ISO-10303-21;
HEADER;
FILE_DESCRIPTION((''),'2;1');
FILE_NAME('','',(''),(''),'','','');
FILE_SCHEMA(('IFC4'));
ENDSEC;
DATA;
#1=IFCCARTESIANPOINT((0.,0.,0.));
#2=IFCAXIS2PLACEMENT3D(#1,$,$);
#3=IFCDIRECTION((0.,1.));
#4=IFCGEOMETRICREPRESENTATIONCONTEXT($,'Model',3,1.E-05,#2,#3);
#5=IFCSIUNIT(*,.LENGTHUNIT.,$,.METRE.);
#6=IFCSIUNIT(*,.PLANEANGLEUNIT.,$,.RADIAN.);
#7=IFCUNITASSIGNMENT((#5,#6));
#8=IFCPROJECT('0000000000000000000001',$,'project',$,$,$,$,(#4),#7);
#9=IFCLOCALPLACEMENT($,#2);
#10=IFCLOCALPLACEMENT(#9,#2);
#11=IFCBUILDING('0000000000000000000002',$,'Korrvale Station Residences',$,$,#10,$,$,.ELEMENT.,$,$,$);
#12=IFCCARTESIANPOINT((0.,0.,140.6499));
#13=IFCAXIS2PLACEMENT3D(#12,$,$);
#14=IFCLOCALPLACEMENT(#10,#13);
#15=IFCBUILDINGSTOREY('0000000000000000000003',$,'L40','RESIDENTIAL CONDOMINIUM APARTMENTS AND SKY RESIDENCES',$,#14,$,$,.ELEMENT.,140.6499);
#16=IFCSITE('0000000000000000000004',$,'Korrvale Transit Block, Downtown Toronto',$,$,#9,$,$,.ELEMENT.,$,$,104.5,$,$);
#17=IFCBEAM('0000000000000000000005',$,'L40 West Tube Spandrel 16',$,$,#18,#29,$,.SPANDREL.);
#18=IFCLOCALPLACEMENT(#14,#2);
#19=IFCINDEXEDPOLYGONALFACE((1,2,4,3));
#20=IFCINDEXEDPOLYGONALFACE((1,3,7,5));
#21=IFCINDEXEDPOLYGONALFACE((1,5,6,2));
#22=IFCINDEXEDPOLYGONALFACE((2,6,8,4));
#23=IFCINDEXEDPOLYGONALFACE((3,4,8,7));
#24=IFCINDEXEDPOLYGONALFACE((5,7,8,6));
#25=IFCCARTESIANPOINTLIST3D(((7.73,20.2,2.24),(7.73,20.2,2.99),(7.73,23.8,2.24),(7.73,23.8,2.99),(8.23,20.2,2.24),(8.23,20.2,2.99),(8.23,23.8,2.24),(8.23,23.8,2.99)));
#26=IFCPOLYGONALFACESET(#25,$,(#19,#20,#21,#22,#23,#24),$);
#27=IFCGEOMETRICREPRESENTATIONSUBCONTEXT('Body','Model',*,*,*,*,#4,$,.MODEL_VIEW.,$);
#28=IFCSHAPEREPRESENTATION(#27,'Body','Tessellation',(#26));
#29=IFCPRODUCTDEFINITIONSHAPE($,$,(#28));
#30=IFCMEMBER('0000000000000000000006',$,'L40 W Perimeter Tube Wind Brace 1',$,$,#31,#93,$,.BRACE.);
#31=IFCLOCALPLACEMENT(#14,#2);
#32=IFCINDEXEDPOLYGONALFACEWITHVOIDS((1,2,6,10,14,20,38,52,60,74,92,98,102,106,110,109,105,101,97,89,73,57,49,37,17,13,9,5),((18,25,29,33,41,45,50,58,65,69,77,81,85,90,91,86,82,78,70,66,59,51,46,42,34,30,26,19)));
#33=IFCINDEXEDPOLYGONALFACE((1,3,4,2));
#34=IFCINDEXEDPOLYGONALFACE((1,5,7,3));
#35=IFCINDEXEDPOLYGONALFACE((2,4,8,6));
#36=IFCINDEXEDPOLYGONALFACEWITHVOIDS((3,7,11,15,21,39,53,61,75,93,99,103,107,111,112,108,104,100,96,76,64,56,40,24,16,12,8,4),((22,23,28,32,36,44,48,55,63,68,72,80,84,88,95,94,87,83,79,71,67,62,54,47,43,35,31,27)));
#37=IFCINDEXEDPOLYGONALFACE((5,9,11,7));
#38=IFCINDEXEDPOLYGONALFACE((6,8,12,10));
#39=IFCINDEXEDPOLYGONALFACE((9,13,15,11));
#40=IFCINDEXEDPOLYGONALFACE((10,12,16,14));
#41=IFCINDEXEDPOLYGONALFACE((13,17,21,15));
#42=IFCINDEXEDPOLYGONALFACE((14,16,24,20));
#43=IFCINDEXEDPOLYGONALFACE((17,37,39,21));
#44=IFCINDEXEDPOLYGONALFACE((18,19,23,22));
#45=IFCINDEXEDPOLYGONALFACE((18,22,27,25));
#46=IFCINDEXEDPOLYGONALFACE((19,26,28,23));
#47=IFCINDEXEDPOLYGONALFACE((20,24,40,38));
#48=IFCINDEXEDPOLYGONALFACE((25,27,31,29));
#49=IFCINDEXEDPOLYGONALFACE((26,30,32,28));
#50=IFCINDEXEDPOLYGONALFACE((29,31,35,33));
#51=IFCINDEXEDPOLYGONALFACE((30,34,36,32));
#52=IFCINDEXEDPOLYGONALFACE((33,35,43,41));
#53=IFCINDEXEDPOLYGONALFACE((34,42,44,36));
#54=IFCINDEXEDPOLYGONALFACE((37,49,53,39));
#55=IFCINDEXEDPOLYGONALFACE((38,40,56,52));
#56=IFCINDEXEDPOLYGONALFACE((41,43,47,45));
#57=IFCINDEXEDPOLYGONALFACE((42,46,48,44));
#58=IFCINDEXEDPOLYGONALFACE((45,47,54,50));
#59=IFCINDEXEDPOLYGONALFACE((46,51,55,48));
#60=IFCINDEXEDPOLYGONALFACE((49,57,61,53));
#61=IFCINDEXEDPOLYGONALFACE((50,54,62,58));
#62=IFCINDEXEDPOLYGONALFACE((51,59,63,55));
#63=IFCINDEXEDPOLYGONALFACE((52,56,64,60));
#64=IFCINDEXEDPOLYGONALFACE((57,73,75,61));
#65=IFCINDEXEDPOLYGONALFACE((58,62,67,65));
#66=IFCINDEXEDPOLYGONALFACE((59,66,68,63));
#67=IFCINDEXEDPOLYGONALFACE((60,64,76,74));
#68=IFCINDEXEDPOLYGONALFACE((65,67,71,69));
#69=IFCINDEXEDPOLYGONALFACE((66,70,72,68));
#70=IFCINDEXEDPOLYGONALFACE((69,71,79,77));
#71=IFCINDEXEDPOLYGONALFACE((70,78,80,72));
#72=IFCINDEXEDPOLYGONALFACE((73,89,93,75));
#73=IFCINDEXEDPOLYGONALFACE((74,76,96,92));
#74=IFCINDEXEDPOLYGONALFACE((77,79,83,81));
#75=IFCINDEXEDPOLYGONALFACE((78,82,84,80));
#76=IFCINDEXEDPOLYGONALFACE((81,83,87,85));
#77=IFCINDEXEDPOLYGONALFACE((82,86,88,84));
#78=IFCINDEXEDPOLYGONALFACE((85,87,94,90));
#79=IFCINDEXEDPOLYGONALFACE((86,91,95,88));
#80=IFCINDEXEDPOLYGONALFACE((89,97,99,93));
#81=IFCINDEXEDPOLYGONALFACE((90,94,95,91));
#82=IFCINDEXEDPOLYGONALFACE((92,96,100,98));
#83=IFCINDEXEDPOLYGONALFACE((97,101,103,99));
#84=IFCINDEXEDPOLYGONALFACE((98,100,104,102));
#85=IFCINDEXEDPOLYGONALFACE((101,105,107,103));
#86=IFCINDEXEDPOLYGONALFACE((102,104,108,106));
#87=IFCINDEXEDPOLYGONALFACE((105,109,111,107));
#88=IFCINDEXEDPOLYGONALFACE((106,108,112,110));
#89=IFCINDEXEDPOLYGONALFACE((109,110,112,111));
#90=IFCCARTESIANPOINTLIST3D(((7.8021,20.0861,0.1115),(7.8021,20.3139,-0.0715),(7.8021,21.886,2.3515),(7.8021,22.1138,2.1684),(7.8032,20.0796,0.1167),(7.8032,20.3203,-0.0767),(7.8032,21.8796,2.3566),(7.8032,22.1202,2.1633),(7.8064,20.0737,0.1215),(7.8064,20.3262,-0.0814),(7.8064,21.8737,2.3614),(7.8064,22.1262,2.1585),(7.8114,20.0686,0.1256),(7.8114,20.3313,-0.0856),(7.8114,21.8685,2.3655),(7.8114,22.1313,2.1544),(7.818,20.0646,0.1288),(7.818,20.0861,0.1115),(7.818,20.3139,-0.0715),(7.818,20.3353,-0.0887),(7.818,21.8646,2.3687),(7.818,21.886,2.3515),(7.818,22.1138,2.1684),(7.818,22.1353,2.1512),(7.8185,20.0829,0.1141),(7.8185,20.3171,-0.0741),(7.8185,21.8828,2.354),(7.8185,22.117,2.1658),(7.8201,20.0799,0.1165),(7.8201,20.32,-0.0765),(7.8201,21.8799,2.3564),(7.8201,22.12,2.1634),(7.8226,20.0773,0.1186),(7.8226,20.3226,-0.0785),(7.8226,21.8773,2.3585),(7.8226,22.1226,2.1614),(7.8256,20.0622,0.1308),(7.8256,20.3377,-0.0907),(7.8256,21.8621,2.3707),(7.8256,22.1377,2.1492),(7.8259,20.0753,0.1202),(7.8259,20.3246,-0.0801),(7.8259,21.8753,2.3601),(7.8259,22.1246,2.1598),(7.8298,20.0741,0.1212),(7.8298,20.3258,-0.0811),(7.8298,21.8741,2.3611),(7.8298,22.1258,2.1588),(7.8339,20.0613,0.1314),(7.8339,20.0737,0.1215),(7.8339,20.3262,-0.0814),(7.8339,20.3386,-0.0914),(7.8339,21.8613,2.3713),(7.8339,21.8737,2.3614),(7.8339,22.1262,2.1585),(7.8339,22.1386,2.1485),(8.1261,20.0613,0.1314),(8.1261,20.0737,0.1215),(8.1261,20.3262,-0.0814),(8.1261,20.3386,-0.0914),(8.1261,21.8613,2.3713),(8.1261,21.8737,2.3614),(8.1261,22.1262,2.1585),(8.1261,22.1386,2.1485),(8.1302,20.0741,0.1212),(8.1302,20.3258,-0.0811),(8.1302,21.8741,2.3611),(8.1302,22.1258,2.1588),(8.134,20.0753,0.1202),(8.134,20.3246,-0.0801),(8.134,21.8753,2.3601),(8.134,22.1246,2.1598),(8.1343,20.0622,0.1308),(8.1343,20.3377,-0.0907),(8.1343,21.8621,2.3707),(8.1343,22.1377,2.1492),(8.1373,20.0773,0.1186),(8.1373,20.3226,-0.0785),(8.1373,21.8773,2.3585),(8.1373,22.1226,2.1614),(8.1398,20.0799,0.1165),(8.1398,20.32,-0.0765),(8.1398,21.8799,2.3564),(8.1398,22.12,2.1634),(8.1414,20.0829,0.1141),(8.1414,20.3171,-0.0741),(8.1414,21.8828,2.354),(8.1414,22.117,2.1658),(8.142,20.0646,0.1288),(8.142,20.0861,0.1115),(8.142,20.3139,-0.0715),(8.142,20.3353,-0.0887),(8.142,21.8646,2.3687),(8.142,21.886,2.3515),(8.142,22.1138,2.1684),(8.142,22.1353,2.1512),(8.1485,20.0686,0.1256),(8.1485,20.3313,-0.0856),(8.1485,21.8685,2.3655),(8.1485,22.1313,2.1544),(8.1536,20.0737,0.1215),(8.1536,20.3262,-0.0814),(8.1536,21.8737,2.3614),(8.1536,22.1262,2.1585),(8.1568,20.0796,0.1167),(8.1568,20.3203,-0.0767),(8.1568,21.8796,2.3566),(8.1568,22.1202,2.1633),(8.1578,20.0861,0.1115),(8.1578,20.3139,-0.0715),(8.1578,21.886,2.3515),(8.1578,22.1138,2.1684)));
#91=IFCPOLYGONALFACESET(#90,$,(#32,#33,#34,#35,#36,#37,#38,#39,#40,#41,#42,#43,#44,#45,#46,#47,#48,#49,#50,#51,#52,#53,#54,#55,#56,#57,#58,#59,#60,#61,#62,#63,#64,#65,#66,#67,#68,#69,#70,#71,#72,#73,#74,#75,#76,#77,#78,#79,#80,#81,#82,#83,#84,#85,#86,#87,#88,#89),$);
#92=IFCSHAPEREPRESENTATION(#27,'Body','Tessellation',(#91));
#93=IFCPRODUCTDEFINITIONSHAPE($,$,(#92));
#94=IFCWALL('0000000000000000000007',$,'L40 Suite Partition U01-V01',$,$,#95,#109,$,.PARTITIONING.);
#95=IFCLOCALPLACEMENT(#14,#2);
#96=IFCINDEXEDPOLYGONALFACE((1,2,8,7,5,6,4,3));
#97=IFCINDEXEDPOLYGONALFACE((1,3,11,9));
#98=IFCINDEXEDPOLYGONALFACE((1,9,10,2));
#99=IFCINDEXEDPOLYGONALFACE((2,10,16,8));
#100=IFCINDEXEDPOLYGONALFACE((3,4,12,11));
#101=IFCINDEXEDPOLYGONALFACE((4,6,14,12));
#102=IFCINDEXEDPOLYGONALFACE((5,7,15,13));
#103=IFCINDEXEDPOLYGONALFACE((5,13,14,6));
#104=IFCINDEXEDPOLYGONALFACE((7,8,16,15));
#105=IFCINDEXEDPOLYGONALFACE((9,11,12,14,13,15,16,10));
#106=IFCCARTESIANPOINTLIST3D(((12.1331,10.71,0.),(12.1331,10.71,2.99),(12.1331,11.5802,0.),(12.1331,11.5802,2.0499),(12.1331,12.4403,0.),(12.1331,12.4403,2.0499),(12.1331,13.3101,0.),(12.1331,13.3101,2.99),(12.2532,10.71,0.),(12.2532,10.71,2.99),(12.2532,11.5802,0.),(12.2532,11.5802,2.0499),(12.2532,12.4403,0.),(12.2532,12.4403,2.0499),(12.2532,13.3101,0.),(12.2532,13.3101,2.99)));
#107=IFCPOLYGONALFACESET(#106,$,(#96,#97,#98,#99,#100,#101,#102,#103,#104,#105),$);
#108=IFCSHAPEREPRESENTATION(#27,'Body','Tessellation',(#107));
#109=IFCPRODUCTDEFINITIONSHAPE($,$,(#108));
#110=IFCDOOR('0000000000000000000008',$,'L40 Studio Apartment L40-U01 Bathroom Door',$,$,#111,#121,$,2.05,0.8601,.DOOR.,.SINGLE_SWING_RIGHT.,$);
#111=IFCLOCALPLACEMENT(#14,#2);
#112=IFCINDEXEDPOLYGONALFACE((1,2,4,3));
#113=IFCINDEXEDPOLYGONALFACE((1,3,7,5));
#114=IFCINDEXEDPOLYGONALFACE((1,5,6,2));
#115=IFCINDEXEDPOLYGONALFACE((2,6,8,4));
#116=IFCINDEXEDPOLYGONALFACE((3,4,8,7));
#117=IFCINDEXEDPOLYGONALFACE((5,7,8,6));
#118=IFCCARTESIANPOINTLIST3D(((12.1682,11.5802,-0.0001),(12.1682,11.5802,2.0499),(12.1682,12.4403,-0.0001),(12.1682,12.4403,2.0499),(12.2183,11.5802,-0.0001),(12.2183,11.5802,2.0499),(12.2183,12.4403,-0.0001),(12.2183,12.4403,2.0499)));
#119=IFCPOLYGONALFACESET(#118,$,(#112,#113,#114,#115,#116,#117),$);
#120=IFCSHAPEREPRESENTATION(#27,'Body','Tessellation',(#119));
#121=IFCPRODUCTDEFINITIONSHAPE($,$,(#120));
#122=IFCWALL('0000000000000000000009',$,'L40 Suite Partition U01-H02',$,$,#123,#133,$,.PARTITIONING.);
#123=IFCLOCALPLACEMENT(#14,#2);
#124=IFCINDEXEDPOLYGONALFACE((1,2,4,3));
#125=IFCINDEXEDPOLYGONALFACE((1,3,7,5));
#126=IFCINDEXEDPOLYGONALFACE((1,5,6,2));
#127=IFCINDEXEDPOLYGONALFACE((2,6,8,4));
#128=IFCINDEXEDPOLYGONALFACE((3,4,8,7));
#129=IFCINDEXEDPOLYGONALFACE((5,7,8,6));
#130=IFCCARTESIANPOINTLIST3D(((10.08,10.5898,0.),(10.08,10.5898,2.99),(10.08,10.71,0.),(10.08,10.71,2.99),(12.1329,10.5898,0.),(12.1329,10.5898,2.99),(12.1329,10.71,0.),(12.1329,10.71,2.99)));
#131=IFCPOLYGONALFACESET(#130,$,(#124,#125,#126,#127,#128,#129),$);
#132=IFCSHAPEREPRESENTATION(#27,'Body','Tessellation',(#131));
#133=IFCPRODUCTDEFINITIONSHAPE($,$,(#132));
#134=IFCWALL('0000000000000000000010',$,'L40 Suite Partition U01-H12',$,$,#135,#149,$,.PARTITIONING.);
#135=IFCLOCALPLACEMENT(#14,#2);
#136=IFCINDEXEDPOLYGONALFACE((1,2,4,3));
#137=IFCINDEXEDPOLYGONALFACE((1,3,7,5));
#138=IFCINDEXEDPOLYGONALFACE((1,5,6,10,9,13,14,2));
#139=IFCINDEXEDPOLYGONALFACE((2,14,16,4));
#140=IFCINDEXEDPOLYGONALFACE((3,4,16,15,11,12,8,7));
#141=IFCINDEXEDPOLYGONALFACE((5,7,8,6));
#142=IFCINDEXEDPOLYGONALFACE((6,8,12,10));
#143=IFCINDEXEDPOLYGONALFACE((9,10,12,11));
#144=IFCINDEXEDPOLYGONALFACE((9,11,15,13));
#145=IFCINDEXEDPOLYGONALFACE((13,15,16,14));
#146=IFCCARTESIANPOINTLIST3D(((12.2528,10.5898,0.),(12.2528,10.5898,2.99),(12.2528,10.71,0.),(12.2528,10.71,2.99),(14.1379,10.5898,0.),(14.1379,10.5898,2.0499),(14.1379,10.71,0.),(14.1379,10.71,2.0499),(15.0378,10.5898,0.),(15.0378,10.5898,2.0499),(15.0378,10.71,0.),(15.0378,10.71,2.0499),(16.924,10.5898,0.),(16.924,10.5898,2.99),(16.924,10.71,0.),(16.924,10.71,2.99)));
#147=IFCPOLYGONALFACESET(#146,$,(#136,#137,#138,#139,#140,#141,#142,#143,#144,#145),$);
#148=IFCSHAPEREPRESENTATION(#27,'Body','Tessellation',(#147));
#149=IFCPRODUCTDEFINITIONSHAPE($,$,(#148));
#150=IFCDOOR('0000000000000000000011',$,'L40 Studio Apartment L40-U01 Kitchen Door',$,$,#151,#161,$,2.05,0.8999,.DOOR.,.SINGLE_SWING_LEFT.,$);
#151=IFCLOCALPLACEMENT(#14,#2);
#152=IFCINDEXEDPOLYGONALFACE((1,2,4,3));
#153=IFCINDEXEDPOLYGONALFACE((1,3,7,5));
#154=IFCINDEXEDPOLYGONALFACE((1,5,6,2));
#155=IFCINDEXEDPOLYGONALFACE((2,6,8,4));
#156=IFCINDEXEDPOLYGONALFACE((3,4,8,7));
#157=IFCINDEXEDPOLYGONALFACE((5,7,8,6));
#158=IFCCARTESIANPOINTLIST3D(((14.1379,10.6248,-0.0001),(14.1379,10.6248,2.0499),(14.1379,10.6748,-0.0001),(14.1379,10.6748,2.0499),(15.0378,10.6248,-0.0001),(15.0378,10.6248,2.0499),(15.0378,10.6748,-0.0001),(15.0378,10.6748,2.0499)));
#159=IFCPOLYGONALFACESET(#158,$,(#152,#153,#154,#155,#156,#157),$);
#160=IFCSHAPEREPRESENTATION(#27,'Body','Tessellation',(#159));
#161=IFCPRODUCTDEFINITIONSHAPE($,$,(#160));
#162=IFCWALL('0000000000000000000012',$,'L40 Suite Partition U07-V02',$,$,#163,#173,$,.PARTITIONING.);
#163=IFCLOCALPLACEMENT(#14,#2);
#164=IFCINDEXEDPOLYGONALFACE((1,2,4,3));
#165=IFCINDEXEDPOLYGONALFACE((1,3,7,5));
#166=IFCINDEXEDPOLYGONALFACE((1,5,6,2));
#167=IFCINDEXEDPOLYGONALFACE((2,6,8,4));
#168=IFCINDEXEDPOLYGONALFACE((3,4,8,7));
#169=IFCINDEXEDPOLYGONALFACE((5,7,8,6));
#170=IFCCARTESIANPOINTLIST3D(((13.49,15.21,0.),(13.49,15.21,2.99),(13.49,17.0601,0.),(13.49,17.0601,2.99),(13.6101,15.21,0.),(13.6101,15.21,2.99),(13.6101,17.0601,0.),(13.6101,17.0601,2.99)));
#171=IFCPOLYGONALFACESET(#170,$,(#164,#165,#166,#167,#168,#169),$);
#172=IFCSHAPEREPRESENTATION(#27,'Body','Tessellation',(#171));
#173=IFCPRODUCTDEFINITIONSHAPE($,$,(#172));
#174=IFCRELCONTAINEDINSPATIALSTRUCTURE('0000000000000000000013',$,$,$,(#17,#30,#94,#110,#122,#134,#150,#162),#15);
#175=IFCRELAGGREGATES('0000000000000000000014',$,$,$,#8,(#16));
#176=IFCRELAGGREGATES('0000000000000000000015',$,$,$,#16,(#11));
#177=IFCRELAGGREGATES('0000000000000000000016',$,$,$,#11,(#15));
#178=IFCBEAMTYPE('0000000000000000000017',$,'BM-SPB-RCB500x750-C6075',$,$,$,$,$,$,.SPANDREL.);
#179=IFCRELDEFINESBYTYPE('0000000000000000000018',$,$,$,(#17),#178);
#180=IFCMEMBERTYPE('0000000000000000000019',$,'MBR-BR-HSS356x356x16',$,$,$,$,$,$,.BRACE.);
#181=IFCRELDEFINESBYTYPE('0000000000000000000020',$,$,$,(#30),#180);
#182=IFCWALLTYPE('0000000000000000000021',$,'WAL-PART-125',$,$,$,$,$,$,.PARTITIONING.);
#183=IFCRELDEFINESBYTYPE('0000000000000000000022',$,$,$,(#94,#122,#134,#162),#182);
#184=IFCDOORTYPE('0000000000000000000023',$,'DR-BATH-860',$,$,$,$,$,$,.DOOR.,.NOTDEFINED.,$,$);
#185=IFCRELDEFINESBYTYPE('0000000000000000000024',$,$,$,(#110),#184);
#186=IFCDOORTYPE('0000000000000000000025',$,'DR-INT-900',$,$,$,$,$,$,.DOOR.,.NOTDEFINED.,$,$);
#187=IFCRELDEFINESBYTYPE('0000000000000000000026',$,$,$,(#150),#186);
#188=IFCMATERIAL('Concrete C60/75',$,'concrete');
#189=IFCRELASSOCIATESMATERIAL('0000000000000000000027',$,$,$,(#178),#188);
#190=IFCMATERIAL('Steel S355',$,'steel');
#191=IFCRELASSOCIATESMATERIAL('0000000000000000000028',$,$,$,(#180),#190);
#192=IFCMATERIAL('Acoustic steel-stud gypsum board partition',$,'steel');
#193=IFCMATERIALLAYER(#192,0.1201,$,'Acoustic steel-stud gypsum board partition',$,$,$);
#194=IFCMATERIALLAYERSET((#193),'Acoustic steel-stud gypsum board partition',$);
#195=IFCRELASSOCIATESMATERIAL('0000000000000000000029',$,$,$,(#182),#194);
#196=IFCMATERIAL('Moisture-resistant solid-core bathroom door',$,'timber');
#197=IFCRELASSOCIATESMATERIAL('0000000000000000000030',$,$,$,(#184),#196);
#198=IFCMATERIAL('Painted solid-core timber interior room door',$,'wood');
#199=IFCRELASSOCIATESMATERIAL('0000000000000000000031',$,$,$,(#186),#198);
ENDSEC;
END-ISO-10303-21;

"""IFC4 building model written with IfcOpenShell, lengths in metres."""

from ifc_helpers import new_model, si_unit, direction, frame, frame_2d, origin, origin_2d, place, context, subcontext, project, spatial, rectangle, hollow_rectangle, extrude, material, layer, layer_set, material_profile, profile_set, type_object, element, fill, save


model = new_model("IFC4")

# Units and contexts
model_context = context("Model", 3, precision=1e-05, world=origin(), true_north=direction((0.0, 1.0)))
body_context = subcontext(model_context, "Body", "Model", "MODEL_VIEW")
ifc_project = project(units=[si_unit("LENGTHUNIT", "METRE"), si_unit("PLANEANGLEUNIT", "RADIAN")], contexts=[model_context])

# Site, building, storey
site_placement = place(None, origin())
site = spatial("IfcSite", under=ifc_project, at=site_placement, Name="Korrvale Transit Block, Downtown Toronto", CompositionType="ELEMENT", RefElevation=104.5)
building_placement = place(site_placement, origin())
building = spatial("IfcBuilding", under=site, at=building_placement, Name="Korrvale Station Residences", CompositionType="ELEMENT")
storey_placement = place(building_placement, frame((0.0, 0.0, 140.6499)))
storey = spatial("IfcBuildingStorey", under=building, at=storey_placement, Name="L40", Description="RESIDENTIAL CONDOMINIUM APARTMENTS AND SKY RESIDENCES", CompositionType="ELEMENT", Elevation=140.6499)

# Shared definitions
ifc_material_1 = material(Name="Concrete C60/75", Category="concrete")

# Beam
ifc_material_2 = material(Name="Steel S355", Category="steel")
ifc_material_profile_1 = material_profile(ifc_material_1, rectangle(XDim=0.5, YDim=0.75, at=origin_2d()), Name="RCB500x750")
ifc_profile_set_1 = profile_set([ifc_material_profile_1], Name="Concrete C60/75")
beam_type_1 = type_object("IfcBeamType", Name="BM-SPB-RCB500x750-C6075", PredefinedType="SPANDREL", material=ifc_profile_set_1)
beam_1_placement = place(storey_placement, frame((7.98, 20.2, 2.615), z_axis=(0.0, 1.0, 0.0), x_axis=(-1.0, 0.0, 0.0)))
element("IfcBeam", 1, at=beam_1_placement, inside=storey, type_object=beam_type_1, Name="L40 West Tube Spandrel 16", PredefinedType="SPANDREL", context=body_context, shape_type="SweptSolid", body=[
    extrude(rectangle(XDim=0.5, YDim=0.75, at=origin_2d()), origin(), (0.0, 0.0, 1.0), 3.6001),
])

# Member
ifc_material_profile_2 = material_profile(ifc_material_2, hollow_rectangle(XDim=0.3557, YDim=0.3557, WallThickness=0.0159, InnerFilletRadius=0.0159, OuterFilletRadius=0.0317, at=origin_2d()), Name="HSS356x356x16")
ifc_profile_set_2 = profile_set([ifc_material_profile_2], Name="Steel S355")
member_type = type_object("IfcMemberType", Name="MBR-BR-HSS356x356x16", PredefinedType="BRACE", material=ifc_profile_set_2)
member_placement = place(storey_placement, frame((7.98, 20.2, 0.02), z_axis=(0.0, 0.626403, 0.779499), x_axis=(-1.0, 0.0, 0.0)))
element("IfcMember", 2, at=member_placement, inside=storey, type_object=member_type, Name="L40 W Perimeter Tube Wind Brace 1", PredefinedType="BRACE", context=body_context, shape_type="SweptSolid", body=[
    extrude(hollow_rectangle(XDim=0.3557, YDim=0.3557, WallThickness=0.0159, InnerFilletRadius=0.0159, OuterFilletRadius=0.0317, at=origin_2d()), origin(), (0.0, 0.0, 1.0), 2.8735),
])

# Wall, opening, door
ifc_material_3 = material(Name="Acoustic steel-stud gypsum board partition", Category="steel")
ifc_layer_1 = layer(ifc_material_3, 0.1201, Name="Acoustic steel-stud gypsum board partition")
ifc_layer_set_1 = layer_set([ifc_layer_1], Name="Acoustic steel-stud gypsum board partition")
wall_type_1 = type_object("IfcWallType", Name="WAL-PART-125", PredefinedType="PARTITIONING", material=ifc_layer_set_1)
wall_1_placement = place(storey_placement, frame((12.1931, 10.71, 0.0), z_axis=(0.0, 0.0, 1.0), x_axis=(0.0, 1.0, 0.0)))
wall_1 = element("IfcWall", 3, at=wall_1_placement, inside=storey, type_object=wall_type_1, Name="L40 Suite Partition U01-V01", PredefinedType="PARTITIONING", context=body_context, shape_type="SweptSolid", body=[
    extrude(rectangle(XDim=2.6001, YDim=0.1201, at=frame_2d((1.3, 0.0))), origin(), (0.0, 0.0, 1.0), 2.99),
])
opening_1_placement = place(wall_1_placement, frame((0.8701, 0.0, 0.0)))
opening_1 = element("IfcOpeningElement", 4, at=opening_1_placement, cuts=wall_1, PredefinedType="OPENING", context=body_context, shape_type="SweptSolid", body=[
    extrude(rectangle(XDim=0.8601, YDim=2.05, at=frame_2d((0.4302, 1.0249))), frame((0.0, 0.0701, 0.0), z_axis=(0.0, -1.0, 0.0), x_axis=(1.0, 0.0, 0.0)), (0.0, 0.0, 1.0), 0.1401),
])
ifc_material_4 = material(Name="Moisture-resistant solid-core bathroom door", Category="timber")
door_type_1 = type_object("IfcDoorType", Name="DR-BATH-860", OperationType="NOTDEFINED", PredefinedType="DOOR", material=ifc_material_4)
door_1_placement = place(opening_1_placement, origin())
door_1 = element("IfcDoor", 5, at=door_1_placement, inside=storey, type_object=door_type_1, Name="L40 Studio Apartment L40-U01 Bathroom Door", OperationType="SINGLE_SWING_RIGHT", OverallHeight=2.05, OverallWidth=0.8601, PredefinedType="DOOR", context=body_context, shape_type="SweptSolid", body=[
    extrude(rectangle(XDim=0.8601, YDim=2.05, at=frame_2d((0.4302, 1.0249))), frame((0.0, 0.0249, 0.0), z_axis=(0.0, -1.0, 0.0), x_axis=(1.0, 0.0, 0.0)), (0.0, 0.0, 1.0), 0.05),
])
fill(opening_1, door_1)

# Wall
wall_2_placement = place(storey_placement, frame((10.0801, 10.6499, 0.0), z_axis=(0.0, 0.0, 1.0), x_axis=(1.0, 0.0, 0.0)))
element("IfcWall", 6, at=wall_2_placement, inside=storey, type_object=wall_type_1, Name="L40 Suite Partition U01-H02", PredefinedType="PARTITIONING", context=body_context, shape_type="SweptSolid", body=[
    extrude(rectangle(XDim=2.053, YDim=0.1201, at=frame_2d((1.0264, 0.0))), origin(), (0.0, 0.0, 1.0), 2.99),
])

# Wall, opening, door
wall_3_placement = place(storey_placement, frame((12.2529, 10.6499, 0.0), z_axis=(0.0, 0.0, 1.0), x_axis=(1.0, 0.0, 0.0)))
wall_3 = element("IfcWall", 7, at=wall_3_placement, inside=storey, type_object=wall_type_1, Name="L40 Suite Partition U01-H12", PredefinedType="PARTITIONING", context=body_context, shape_type="SweptSolid", body=[
    extrude(rectangle(XDim=4.6711, YDim=0.1201, at=frame_2d((2.3354, 0.0))), origin(), (0.0, 0.0, 1.0), 2.99),
])
opening_2_placement = place(wall_3_placement, frame((1.885, 0.0, 0.0)))
opening_2 = element("IfcOpeningElement", 8, at=opening_2_placement, cuts=wall_3, PredefinedType="OPENING", context=body_context, shape_type="SweptSolid", body=[
    extrude(rectangle(XDim=0.8999, YDim=2.05, at=frame_2d((0.45, 1.0249))), frame((0.0, 0.0701, 0.0), z_axis=(0.0, -1.0, 0.0), x_axis=(1.0, 0.0, 0.0)), (0.0, 0.0, 1.0), 0.1401),
])
ifc_material_5 = material(Name="Painted solid-core timber interior room door", Category="wood")
door_type_2 = type_object("IfcDoorType", Name="DR-INT-900", OperationType="NOTDEFINED", PredefinedType="DOOR", material=ifc_material_5)
door_2_placement = place(opening_2_placement, origin())
door_2 = element("IfcDoor", 9, at=door_2_placement, inside=storey, type_object=door_type_2, Name="L40 Studio Apartment L40-U01 Kitchen Door", OperationType="SINGLE_SWING_LEFT", OverallHeight=2.05, OverallWidth=0.8999, PredefinedType="DOOR", context=body_context, shape_type="SweptSolid", body=[
    extrude(rectangle(XDim=0.8999, YDim=2.05, at=frame_2d((0.45, 1.0249))), frame((0.0, 0.0249, 0.0), z_axis=(0.0, -1.0, 0.0), x_axis=(1.0, 0.0, 0.0)), (0.0, 0.0, 1.0), 0.05),
])
fill(opening_2, door_2)

# Wall
wall_4_placement = place(storey_placement, frame((13.55, 15.21, 0.0), z_axis=(0.0, 0.0, 1.0), x_axis=(0.0, 1.0, 0.0)))
element("IfcWall", 10, at=wall_4_placement, inside=storey, type_object=wall_type_1, Name="L40 Suite Partition U07-V02", PredefinedType="PARTITIONING", context=body_context, shape_type="SweptSolid", body=[
    extrude(rectangle(XDim=1.8501, YDim=0.1201, at=frame_2d((0.925, 0.0))), origin(), (0.0, 0.0, 1.0), 2.99),
])

save(model, "model.ifc")
